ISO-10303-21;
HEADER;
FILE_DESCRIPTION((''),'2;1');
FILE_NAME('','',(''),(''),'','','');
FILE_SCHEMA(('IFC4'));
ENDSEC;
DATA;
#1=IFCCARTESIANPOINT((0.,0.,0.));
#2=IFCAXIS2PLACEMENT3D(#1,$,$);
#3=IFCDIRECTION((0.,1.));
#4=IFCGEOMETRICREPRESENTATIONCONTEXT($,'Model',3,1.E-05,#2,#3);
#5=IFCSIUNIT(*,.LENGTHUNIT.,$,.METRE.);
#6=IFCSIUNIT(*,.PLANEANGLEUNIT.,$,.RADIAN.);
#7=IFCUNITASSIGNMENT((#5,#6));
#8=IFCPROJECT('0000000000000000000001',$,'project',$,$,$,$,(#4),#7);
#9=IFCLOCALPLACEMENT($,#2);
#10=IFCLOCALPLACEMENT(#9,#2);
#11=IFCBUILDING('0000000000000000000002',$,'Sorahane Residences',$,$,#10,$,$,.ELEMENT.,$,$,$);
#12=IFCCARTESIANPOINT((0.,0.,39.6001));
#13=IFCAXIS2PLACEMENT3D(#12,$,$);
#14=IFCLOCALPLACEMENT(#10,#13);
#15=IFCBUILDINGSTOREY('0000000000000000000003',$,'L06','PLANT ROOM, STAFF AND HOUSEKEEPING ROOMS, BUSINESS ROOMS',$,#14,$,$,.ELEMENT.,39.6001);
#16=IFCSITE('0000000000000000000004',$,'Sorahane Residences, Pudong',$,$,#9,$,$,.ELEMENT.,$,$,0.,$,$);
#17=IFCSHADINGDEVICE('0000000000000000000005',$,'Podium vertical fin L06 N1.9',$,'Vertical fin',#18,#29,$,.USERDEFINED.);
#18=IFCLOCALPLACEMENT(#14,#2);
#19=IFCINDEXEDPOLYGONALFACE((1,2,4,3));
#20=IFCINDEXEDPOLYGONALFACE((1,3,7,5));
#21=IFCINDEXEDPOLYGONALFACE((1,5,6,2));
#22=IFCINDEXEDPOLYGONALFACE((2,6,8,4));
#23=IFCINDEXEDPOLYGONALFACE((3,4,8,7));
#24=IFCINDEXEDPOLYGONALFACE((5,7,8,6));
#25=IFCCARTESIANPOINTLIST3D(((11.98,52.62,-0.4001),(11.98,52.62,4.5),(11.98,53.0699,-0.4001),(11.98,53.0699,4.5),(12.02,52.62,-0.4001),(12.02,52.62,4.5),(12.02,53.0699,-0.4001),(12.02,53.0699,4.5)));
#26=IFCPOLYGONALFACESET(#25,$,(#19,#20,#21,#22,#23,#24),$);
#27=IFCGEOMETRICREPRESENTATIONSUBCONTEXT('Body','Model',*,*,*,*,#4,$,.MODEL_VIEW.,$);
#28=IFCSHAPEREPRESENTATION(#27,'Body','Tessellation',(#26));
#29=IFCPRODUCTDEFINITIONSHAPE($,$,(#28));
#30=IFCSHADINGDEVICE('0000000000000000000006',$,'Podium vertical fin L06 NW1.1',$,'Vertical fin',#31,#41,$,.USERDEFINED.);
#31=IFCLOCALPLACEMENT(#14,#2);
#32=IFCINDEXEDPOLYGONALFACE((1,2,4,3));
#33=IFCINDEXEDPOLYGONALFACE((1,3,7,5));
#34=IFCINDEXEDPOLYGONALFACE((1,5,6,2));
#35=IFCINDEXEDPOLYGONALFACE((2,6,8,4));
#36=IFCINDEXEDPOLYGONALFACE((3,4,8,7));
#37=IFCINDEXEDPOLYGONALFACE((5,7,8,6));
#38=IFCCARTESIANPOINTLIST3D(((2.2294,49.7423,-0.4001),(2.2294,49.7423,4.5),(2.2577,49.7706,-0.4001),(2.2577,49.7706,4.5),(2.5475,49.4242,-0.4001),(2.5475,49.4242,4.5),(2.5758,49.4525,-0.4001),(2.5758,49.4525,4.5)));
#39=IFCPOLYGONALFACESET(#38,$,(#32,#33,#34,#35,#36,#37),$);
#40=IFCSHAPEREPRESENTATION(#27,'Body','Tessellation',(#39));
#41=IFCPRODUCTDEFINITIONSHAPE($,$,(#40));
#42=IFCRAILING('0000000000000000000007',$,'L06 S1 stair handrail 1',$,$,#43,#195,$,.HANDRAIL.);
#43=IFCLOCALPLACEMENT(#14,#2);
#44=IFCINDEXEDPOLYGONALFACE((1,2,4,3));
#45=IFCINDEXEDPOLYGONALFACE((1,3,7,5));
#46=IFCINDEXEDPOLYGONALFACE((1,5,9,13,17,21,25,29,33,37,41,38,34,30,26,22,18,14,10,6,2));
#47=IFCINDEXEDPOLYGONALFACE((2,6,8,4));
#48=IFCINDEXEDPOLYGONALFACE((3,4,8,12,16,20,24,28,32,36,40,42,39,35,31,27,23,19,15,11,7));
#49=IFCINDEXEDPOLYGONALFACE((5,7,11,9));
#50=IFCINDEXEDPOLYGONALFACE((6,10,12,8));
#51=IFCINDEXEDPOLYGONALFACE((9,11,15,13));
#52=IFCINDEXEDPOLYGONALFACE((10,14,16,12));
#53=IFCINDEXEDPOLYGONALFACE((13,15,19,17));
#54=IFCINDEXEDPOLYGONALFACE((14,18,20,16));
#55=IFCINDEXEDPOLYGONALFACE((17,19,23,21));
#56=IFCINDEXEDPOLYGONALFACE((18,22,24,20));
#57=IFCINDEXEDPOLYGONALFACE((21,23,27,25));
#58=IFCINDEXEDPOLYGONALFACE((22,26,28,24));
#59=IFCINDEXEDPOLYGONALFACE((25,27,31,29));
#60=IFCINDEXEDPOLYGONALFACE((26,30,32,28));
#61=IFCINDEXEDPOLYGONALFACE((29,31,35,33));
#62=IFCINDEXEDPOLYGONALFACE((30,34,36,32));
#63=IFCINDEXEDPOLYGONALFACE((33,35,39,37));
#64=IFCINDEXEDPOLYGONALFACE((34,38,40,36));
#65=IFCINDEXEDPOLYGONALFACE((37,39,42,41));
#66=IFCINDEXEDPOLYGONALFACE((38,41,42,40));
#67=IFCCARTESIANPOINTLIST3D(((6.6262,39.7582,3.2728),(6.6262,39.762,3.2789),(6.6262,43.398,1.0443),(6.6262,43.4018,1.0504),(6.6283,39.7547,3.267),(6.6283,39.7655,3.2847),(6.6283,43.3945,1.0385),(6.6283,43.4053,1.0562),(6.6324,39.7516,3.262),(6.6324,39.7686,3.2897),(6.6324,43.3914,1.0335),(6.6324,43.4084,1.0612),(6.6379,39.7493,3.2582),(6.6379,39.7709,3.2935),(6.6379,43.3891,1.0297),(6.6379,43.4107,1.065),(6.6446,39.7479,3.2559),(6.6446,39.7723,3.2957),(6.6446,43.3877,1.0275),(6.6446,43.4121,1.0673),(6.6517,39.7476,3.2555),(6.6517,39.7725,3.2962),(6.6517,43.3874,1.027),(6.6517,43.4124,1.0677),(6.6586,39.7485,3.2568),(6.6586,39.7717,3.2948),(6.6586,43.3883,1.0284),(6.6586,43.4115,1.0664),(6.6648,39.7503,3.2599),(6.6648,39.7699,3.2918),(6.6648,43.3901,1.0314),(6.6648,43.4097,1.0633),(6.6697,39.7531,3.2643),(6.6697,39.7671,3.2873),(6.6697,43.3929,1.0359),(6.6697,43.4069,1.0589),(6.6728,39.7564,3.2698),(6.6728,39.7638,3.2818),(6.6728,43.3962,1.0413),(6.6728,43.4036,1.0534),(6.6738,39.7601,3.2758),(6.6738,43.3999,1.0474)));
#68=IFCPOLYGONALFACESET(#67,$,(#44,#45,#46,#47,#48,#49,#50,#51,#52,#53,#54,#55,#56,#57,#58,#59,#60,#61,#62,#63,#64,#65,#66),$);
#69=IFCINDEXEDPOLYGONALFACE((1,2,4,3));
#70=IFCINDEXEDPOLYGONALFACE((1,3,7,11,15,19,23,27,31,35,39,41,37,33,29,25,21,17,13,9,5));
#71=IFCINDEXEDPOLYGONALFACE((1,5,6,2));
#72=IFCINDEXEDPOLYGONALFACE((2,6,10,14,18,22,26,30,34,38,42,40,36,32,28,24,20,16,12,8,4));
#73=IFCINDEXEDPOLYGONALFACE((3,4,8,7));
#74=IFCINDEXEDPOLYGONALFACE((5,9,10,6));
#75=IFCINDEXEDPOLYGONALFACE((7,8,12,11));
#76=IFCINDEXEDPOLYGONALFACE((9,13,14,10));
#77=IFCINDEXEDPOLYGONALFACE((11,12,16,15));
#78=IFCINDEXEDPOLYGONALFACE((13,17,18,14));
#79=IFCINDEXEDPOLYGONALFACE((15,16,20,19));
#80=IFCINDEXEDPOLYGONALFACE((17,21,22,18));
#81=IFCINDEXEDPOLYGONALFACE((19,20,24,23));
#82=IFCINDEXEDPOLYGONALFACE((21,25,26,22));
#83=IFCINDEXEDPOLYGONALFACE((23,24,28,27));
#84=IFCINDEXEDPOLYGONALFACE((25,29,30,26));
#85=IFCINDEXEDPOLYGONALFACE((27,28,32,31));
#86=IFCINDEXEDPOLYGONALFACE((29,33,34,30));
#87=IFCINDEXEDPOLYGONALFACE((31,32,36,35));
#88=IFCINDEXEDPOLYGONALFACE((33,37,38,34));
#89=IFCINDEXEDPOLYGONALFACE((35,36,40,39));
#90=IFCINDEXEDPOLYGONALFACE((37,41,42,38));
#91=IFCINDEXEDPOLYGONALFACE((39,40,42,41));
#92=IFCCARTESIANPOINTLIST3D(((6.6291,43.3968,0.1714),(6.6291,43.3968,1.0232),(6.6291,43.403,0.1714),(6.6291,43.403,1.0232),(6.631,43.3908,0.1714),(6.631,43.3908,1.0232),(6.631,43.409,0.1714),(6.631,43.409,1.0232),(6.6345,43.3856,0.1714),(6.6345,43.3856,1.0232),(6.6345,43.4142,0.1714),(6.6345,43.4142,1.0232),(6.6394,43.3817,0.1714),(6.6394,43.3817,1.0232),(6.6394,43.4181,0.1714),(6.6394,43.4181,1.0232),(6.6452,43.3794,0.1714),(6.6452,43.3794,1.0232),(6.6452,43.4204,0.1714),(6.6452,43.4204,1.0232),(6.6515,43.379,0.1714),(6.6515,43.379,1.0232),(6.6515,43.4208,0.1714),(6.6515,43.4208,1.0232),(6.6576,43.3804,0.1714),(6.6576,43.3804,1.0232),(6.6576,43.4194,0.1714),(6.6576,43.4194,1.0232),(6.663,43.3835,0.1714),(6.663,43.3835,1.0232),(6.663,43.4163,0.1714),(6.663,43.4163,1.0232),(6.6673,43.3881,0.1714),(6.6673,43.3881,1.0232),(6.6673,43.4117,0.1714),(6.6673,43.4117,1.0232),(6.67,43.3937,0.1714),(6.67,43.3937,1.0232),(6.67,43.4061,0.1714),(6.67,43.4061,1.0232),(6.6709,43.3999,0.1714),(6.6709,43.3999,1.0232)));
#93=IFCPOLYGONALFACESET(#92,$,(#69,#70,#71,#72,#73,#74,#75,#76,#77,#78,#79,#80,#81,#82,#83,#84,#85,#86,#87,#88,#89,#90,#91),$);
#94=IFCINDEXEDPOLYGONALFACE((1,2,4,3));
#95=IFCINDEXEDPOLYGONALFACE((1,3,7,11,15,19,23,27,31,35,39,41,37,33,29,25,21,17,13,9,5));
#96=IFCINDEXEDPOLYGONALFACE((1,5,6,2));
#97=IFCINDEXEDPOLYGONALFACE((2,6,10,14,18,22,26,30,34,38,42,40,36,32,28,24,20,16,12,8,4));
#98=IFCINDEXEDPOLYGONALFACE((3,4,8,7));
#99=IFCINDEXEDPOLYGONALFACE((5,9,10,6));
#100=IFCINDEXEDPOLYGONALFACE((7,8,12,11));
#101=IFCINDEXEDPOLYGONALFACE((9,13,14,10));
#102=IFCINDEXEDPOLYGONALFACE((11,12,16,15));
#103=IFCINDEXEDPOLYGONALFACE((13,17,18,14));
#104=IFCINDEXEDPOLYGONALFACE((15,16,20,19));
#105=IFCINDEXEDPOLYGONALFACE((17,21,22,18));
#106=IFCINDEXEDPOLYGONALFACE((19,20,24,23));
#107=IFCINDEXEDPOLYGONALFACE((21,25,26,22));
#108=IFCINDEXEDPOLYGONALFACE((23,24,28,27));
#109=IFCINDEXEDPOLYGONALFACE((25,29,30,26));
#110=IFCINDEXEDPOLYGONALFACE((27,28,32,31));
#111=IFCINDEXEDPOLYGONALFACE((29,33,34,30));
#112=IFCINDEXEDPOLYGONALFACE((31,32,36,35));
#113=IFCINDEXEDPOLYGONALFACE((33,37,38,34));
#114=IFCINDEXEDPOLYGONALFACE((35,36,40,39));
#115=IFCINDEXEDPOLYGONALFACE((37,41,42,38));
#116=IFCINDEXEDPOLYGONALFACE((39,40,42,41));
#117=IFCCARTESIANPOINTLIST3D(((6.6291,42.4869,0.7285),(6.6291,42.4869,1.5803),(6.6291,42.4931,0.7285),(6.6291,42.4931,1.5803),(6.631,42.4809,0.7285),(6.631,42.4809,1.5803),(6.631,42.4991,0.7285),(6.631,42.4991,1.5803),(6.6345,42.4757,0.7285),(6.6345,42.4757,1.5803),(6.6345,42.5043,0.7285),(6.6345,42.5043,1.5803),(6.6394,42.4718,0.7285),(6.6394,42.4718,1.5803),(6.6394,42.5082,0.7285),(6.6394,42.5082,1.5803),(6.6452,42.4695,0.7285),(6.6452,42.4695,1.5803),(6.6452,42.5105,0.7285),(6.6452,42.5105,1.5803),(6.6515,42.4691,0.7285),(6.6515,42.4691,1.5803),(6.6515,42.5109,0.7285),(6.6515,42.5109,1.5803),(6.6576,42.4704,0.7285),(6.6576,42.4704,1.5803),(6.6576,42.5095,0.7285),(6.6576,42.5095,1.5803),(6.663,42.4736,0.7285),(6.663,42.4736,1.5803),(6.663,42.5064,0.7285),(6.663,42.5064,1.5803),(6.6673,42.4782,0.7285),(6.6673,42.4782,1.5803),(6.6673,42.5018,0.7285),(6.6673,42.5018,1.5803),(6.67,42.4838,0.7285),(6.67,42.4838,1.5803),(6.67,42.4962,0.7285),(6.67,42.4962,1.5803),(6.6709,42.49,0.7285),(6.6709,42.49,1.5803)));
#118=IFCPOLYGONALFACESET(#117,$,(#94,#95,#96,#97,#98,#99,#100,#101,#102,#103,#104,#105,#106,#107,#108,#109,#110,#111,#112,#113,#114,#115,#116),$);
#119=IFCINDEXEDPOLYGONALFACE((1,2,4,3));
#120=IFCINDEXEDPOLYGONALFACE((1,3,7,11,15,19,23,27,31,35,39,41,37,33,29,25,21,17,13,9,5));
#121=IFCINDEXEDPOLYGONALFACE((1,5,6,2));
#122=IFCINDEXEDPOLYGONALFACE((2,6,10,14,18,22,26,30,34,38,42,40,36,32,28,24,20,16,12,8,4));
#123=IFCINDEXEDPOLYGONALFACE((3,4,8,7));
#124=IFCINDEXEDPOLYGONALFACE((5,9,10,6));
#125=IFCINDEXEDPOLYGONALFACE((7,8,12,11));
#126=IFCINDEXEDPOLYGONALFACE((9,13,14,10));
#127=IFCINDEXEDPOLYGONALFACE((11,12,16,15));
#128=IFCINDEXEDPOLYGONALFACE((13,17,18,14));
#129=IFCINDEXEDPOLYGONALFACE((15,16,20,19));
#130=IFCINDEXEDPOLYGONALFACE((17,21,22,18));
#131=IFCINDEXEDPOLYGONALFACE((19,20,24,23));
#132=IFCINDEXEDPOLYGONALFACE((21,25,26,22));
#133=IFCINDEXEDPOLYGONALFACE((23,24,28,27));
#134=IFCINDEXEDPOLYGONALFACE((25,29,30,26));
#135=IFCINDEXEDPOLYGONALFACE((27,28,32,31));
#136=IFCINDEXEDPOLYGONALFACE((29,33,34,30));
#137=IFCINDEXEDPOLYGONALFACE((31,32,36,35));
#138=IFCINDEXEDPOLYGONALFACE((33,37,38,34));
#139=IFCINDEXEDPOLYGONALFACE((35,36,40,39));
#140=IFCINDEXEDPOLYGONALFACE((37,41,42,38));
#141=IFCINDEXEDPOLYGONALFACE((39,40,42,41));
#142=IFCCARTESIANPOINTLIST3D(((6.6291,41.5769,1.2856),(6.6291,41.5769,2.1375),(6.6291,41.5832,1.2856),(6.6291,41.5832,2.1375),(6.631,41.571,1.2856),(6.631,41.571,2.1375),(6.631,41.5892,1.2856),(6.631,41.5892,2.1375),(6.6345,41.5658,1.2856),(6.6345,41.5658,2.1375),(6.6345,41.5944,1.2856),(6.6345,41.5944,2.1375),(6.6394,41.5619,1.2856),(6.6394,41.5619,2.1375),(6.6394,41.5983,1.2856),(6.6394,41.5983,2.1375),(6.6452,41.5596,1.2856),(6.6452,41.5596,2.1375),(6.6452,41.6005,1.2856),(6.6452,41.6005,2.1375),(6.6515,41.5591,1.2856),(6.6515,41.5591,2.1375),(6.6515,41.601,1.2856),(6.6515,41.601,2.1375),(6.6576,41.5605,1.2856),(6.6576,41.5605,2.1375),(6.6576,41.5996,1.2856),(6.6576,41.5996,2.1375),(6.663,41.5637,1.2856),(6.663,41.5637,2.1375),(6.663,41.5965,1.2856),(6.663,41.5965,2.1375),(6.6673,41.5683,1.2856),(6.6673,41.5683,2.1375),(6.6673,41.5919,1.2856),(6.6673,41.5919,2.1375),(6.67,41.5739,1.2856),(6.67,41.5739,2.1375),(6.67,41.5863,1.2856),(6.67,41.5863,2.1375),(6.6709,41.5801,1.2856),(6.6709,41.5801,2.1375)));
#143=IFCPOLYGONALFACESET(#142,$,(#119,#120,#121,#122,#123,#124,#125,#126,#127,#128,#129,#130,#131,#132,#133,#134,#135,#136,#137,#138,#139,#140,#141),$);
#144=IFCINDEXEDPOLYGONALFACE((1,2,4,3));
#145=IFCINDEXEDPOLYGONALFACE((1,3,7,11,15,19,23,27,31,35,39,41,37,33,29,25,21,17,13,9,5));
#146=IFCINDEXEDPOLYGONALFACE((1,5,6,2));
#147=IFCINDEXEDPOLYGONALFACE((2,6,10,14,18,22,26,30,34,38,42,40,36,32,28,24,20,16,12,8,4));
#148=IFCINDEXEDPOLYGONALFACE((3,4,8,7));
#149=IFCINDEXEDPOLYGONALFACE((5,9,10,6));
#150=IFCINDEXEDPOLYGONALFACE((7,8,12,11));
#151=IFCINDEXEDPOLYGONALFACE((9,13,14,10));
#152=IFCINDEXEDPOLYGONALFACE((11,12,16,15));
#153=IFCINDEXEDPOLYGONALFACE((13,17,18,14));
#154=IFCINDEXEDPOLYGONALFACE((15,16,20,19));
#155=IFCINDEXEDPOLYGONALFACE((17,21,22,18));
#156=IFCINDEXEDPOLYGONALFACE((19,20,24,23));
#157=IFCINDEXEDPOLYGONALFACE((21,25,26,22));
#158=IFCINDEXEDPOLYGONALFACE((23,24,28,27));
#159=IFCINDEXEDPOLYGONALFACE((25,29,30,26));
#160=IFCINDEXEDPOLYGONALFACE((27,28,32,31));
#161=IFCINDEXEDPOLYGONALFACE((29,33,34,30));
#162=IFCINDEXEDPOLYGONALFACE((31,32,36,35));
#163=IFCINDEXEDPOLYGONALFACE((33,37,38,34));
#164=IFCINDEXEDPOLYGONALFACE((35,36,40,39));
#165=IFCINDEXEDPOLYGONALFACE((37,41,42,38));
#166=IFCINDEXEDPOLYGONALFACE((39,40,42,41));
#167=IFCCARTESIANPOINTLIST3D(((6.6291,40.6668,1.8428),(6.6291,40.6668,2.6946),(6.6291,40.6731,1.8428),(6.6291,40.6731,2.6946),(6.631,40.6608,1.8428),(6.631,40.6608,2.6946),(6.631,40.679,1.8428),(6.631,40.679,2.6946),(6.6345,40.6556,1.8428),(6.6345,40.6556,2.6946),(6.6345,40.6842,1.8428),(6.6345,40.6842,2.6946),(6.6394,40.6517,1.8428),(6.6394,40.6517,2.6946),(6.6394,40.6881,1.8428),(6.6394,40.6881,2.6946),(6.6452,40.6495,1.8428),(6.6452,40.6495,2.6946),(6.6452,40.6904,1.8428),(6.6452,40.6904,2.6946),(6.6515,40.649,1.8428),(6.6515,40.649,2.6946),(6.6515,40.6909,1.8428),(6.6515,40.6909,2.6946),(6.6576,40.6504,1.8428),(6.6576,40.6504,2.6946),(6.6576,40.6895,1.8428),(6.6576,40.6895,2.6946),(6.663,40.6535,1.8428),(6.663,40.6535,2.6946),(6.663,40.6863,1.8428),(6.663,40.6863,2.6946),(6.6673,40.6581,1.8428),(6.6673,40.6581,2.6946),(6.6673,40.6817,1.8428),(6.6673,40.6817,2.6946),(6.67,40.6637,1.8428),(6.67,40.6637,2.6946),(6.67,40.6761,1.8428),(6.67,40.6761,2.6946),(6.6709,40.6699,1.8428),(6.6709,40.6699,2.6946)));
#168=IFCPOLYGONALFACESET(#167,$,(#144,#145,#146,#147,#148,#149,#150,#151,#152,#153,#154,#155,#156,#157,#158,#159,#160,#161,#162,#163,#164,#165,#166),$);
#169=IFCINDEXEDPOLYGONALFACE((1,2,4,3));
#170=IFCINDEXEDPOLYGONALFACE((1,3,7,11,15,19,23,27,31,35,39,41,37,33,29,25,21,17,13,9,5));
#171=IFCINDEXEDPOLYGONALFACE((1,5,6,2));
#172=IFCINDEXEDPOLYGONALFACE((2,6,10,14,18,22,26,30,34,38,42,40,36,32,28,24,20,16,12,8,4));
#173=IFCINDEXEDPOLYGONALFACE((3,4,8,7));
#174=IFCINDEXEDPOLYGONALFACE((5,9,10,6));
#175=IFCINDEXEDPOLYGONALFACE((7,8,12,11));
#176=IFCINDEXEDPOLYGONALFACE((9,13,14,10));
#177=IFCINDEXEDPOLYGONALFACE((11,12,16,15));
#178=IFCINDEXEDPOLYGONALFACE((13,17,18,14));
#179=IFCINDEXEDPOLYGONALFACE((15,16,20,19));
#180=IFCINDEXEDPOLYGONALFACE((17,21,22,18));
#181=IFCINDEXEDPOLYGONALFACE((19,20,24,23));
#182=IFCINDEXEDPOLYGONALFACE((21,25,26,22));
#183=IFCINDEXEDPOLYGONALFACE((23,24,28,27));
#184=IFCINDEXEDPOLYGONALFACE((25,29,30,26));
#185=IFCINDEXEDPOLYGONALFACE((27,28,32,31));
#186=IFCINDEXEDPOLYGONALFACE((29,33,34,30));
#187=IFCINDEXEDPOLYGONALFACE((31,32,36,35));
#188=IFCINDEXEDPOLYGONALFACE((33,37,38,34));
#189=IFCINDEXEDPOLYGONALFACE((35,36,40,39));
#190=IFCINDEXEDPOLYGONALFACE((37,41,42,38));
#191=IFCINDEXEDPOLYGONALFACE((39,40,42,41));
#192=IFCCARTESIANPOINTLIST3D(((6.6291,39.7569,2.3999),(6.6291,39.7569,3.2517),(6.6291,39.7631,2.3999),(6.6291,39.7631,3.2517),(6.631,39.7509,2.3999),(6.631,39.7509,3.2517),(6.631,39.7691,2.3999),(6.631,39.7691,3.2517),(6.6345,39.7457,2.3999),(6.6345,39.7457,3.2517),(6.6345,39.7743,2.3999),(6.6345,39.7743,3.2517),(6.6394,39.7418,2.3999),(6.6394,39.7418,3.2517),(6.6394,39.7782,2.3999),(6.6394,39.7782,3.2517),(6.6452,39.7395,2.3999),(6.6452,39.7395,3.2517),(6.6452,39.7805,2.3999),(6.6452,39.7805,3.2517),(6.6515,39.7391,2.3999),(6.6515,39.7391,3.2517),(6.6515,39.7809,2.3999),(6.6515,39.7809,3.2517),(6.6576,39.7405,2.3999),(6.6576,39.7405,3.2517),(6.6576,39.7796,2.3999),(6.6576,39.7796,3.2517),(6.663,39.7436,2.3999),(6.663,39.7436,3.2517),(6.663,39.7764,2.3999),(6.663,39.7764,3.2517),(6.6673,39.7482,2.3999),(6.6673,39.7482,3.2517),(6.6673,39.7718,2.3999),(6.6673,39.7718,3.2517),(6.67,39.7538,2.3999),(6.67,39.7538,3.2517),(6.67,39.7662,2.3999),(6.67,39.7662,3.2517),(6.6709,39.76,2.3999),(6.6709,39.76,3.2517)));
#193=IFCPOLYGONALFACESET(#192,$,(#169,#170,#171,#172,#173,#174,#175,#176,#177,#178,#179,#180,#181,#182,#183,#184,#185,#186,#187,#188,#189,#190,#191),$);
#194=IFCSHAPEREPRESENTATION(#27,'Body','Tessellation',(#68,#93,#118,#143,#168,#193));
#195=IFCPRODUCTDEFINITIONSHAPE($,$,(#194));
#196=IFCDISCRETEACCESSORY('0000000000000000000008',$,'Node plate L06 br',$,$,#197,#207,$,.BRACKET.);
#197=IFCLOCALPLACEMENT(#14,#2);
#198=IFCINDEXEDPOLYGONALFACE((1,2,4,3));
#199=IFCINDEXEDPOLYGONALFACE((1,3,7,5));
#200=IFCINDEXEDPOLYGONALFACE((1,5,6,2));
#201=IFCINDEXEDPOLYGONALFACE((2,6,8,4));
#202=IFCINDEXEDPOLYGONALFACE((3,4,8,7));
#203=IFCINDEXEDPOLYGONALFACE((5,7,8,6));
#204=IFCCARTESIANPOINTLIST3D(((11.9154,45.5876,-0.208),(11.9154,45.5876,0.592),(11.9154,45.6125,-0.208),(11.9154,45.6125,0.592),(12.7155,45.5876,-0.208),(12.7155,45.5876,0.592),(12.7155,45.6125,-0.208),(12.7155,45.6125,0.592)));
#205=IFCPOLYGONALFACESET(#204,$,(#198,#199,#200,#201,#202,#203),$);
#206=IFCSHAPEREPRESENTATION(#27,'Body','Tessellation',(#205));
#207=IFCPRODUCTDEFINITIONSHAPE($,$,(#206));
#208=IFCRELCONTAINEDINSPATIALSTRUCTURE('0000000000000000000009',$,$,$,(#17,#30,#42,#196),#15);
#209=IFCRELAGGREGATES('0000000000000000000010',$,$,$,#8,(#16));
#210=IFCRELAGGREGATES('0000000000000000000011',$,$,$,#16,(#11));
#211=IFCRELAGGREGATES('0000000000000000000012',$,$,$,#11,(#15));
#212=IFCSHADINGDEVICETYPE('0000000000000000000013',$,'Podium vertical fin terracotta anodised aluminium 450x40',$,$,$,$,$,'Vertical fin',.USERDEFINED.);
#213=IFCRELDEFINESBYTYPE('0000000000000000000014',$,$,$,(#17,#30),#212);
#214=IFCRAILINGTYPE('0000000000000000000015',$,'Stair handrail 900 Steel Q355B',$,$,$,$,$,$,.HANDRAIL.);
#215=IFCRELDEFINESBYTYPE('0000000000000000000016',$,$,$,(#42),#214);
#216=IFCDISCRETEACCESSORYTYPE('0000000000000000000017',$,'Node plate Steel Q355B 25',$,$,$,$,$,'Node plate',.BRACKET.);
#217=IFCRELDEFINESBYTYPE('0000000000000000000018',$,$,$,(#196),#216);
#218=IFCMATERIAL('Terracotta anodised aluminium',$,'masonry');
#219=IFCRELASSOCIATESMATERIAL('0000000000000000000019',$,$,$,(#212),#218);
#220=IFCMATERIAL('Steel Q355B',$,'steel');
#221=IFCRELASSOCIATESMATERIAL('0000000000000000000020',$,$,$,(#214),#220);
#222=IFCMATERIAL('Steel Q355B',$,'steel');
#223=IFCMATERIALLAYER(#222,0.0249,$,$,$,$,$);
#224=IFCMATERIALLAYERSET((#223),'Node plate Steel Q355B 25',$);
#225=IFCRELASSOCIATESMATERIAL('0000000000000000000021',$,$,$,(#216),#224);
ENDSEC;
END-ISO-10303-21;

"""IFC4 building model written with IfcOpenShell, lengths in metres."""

from ifc_helpers import new_model, si_unit, direction, frame, origin, origin_2d, place, context, subcontext, project, spatial, rectangle, circle, extrude, material, layer, layer_set, material_profile, profile_set, type_object, element, save


model = new_model("IFC4")

# Units and contexts
model_context = context("Model", 3, precision=1e-05, world=origin(), true_north=direction((0.0, 1.0)))
body_context = subcontext(model_context, "Body", "Model", "MODEL_VIEW")
ifc_project = project(units=[si_unit("LENGTHUNIT", "METRE"), si_unit("PLANEANGLEUNIT", "RADIAN")], contexts=[model_context])

# Site, building, storey
site_placement = place(None, origin())
site = spatial("IfcSite", under=ifc_project, at=site_placement, Name="Sorahane Residences, Pudong", CompositionType="ELEMENT", RefElevation=0.0)
building_placement = place(site_placement, origin())
building = spatial("IfcBuilding", under=site, at=building_placement, Name="Sorahane Residences", CompositionType="ELEMENT")
storey_placement = place(building_placement, frame((0.0, 0.0, 39.6001)))
storey = spatial("IfcBuildingStorey", under=building, at=storey_placement, Name="L06", Description="PLANT ROOM, STAFF AND HOUSEKEEPING ROOMS, BUSINESS ROOMS", CompositionType="ELEMENT", Elevation=39.6001)

# Shading devices
ifc_material_1 = material(Name="Terracotta anodised aluminium", Category="masonry")
ifc_material_profile_1 = material_profile(ifc_material_1, rectangle(XDim=0.45, YDim=0.04, at=origin_2d()), Name="Podium vertical fin terracotta anodised aluminium 450x40")
ifc_profile_set_1 = profile_set([ifc_material_profile_1], Name="Terracotta anodised aluminium")
shading_device_type = type_object("IfcShadingDeviceType", Name="Podium vertical fin terracotta anodised aluminium 450x40", ElementType="Vertical fin", PredefinedType="USERDEFINED", material=ifc_profile_set_1)
for number, where, z_axis, x_axis, name in (
    (1, (12.0, 52.845, -0.4001), (0.0, 0.0, 1.0), (0.0, 1.0, 0.0), "Podium vertical fin L06 N1.9"),
    (2, (2.4026, 49.5974, -0.4001), (0.0, 0.0, 1.0), (-0.707107, 0.707107, 0.0), "Podium vertical fin L06 NW1.1"),
):
    element("IfcShadingDevice", number, at=place(storey_placement, frame(where, z_axis=z_axis, x_axis=x_axis)), inside=storey, type_object=shading_device_type, Name=name, ObjectType="Vertical fin", PredefinedType="USERDEFINED", context=body_context, shape_type="SweptSolid", body=[
        extrude(rectangle(XDim=0.45, YDim=0.04, at=origin_2d()), origin(), (0.0, 0.0, 1.0), 4.9001),
    ])

# Railing
ifc_material_2 = material(Name="Steel Q355B", Category="steel")
railing_type_1 = type_object("IfcRailingType", Name="Stair handrail 900 Steel Q355B", PredefinedType="HANDRAIL", material=ifc_material_2)
railing_1_placement = place(storey_placement, frame((6.6499, 43.3999, 0.1714)))
element("IfcRailing", 3, at=railing_1_placement, inside=storey, type_object=railing_type_1, Name="L06 S1 stair handrail 1", PredefinedType="HANDRAIL", context=body_context, shape_type="SweptSolid", body=[
    extrude(circle(Radius=0.0239, at=origin_2d()), frame((0.0, 0.0, 0.876), z_axis=(0.0, -0.85285, 0.522156), x_axis=(1.0, 0.0, 0.0)), (0.0, 0.0, 1.0), 4.2678),
    extrude(circle(Radius=0.021, at=origin_2d()), origin(), (0.0, 0.0, 1.0), 0.8518),
    extrude(circle(Radius=0.021, at=origin_2d()), frame((0.0, -0.9099, 0.5571)), (0.0, 0.0, 1.0), 0.8518),
    extrude(circle(Radius=0.021, at=origin_2d()), frame((0.0, -1.8198, 1.1143)), (0.0, 0.0, 1.0), 0.8518),
    extrude(circle(Radius=0.021, at=origin_2d()), frame((0.0, -2.73, 1.6714)), (0.0, 0.0, 1.0), 0.8518),
    extrude(circle(Radius=0.021, at=origin_2d()), frame((0.0, -3.6399, 2.2285)), (0.0, 0.0, 1.0), 0.8518),
])

# Discrete accessory
ifc_material_3 = material(Name="Steel Q355B", Category="steel")
ifc_layer_1 = layer(ifc_material_3, 0.0249)
ifc_layer_set_1 = layer_set([ifc_layer_1], Name="Node plate Steel Q355B 25")
discrete_accessory_type = type_object("IfcDiscreteAccessoryType", Name="Node plate Steel Q355B 25", ElementType="Node plate", PredefinedType="BRACKET", material=ifc_layer_set_1)
discrete_accessory_placement = place(storey_placement, frame((12.3154, 45.6001, -0.208), z_axis=(0.0, 0.0, 1.0), x_axis=(1.0, 0.0, 0.0)))
element("IfcDiscreteAccessory", 4, at=discrete_accessory_placement, inside=storey, type_object=discrete_accessory_type, Name="Node plate L06 br", PredefinedType="BRACKET", context=body_context, shape_type="SweptSolid", body=[
    extrude(rectangle(XDim=0.8, YDim=0.0249, at=origin_2d()), origin(), (0.0, 0.0, 1.0), 0.8),
])

save(model, "model.ifc")
